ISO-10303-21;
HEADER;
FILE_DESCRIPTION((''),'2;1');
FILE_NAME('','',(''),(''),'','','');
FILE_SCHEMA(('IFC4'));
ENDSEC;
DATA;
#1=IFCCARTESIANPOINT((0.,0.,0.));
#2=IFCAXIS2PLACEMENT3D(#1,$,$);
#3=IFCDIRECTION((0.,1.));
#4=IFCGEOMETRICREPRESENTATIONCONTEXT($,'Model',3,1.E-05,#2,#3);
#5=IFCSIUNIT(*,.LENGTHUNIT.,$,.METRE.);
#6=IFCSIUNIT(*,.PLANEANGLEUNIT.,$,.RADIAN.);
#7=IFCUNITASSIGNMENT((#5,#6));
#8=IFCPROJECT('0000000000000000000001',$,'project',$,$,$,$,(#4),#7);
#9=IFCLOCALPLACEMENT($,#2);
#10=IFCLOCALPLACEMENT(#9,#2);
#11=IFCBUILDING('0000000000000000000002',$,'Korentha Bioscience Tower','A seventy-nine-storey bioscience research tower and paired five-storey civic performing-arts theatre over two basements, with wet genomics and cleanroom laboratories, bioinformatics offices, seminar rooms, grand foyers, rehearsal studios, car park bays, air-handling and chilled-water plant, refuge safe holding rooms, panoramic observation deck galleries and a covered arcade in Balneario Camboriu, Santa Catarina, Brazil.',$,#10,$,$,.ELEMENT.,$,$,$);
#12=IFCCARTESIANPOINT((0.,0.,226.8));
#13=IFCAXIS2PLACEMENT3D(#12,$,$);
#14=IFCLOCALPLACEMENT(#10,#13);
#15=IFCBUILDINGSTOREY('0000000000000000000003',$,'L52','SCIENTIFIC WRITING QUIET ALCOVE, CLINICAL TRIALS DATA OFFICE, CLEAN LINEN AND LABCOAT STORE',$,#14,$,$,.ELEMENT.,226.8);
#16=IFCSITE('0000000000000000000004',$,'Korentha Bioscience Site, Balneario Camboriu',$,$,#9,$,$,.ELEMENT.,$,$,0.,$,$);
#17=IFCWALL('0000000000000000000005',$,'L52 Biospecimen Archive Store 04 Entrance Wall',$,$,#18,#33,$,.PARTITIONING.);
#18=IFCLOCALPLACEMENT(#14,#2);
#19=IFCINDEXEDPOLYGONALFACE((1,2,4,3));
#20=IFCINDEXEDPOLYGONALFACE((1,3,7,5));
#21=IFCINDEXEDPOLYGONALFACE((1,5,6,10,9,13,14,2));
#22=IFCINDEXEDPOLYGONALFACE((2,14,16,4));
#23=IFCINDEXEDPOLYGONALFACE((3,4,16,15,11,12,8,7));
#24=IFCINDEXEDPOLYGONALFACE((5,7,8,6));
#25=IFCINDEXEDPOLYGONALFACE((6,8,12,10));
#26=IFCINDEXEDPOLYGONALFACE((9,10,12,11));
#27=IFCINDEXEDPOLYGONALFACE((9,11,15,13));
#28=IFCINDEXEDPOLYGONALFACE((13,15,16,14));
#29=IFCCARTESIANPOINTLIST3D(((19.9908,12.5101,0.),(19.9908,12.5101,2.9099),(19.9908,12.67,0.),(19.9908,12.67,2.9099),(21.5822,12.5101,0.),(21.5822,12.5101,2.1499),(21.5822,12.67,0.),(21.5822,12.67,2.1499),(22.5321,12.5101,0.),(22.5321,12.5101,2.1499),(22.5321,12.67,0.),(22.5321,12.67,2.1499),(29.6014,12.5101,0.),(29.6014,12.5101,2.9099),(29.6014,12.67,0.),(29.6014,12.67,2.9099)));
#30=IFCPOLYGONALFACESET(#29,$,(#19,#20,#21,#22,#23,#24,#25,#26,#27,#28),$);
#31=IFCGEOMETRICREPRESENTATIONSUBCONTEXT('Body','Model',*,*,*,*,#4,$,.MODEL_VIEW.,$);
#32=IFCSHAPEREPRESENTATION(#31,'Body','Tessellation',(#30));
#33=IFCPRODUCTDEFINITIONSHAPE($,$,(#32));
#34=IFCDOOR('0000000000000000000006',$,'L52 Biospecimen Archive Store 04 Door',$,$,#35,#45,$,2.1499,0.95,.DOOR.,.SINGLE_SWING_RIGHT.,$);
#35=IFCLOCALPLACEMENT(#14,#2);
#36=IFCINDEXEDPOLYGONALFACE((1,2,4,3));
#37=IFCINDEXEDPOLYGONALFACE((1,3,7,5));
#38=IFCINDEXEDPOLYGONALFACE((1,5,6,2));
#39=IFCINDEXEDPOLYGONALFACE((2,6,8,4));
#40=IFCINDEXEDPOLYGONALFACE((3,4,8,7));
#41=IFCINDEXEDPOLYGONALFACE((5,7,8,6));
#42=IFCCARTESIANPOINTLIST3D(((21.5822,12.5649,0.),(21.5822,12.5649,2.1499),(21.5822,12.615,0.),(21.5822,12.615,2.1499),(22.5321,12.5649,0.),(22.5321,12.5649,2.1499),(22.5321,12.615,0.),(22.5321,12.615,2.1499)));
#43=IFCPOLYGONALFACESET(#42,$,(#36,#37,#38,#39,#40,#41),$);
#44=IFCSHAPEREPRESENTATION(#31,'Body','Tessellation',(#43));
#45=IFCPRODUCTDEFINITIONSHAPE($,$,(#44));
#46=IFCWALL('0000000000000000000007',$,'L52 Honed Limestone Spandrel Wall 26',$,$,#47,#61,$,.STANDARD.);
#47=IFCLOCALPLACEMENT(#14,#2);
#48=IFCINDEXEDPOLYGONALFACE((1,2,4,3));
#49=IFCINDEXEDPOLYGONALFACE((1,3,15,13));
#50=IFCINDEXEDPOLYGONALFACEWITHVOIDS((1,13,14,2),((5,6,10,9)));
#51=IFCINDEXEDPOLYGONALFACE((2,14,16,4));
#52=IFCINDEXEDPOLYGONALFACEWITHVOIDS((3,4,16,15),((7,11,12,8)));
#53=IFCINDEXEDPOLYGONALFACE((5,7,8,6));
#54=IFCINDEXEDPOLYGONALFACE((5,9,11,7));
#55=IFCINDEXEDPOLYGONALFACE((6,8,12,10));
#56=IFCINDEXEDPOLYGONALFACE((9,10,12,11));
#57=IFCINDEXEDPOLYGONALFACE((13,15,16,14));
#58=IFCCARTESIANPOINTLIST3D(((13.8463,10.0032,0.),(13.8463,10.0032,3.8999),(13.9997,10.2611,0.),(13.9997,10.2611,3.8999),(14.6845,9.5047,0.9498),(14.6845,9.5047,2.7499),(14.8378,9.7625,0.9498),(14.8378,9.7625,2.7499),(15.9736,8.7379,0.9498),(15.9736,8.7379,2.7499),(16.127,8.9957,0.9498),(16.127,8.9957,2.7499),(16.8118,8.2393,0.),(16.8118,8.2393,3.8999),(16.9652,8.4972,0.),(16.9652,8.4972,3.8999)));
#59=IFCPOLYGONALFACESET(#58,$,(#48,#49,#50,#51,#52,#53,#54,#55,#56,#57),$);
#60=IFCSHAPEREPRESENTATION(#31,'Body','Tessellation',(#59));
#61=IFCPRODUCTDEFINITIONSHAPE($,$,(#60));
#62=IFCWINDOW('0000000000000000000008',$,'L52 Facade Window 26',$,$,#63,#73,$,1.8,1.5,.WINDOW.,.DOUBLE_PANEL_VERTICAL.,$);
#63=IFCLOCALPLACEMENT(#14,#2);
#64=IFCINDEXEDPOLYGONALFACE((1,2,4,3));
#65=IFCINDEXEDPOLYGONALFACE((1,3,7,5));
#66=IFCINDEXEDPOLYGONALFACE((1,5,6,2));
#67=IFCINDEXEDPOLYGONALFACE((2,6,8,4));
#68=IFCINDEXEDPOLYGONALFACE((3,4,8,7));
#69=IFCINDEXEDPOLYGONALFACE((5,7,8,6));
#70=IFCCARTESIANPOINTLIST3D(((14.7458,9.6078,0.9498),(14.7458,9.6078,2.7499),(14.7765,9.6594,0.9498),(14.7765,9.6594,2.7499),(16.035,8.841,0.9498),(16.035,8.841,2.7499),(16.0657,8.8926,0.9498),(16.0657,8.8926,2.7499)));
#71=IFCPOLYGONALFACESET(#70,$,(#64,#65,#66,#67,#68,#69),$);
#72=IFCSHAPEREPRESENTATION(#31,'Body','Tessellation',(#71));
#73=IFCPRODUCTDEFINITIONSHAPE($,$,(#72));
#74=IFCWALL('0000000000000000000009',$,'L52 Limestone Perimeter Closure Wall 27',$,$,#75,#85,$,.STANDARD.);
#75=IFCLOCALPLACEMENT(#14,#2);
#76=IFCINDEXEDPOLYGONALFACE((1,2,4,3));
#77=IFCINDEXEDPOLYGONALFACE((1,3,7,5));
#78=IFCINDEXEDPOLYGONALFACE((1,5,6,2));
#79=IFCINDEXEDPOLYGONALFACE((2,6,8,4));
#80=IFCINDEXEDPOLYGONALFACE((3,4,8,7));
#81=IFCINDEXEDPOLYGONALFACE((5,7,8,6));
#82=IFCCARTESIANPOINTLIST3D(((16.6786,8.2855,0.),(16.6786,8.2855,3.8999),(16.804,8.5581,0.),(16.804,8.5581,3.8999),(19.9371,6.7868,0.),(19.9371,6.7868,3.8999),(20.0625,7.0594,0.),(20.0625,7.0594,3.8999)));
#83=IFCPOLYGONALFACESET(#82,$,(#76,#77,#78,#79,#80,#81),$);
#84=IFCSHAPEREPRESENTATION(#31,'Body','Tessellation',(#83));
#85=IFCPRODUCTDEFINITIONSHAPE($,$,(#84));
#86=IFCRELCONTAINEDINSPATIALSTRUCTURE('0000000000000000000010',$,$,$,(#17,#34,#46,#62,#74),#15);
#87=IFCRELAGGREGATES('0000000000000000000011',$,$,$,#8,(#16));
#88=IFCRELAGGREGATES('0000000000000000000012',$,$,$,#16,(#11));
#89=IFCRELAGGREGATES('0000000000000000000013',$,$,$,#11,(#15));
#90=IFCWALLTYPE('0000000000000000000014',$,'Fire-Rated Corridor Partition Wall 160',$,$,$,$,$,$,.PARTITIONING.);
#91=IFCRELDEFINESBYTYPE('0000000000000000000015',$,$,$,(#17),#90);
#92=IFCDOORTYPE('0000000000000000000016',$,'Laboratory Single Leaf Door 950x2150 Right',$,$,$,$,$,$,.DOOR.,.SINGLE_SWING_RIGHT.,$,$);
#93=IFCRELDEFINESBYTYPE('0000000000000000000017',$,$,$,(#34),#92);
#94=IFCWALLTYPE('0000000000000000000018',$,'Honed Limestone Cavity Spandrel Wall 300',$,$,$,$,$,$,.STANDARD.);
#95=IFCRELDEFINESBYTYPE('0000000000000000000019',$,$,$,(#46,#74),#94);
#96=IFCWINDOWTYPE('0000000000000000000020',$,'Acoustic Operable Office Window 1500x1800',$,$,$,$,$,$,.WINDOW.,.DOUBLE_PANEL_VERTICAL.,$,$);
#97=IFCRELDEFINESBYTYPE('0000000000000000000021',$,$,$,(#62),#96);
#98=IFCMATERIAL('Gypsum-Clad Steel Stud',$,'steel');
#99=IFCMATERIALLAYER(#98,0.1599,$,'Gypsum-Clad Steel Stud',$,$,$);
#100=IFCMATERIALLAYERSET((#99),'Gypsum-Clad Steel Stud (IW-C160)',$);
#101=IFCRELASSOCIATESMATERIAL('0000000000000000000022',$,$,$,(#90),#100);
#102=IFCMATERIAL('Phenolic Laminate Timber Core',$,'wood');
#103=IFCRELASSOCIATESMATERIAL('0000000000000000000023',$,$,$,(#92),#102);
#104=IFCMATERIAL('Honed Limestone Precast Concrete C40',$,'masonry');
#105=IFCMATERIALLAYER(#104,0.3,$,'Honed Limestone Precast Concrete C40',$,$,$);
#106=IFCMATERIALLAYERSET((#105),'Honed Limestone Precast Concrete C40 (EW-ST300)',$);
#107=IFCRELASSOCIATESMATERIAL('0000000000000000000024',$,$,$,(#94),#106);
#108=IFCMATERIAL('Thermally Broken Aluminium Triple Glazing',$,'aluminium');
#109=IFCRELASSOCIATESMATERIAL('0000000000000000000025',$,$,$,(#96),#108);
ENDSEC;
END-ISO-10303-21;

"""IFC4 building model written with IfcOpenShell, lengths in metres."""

from ifc_helpers import new_model, si_unit, direction, frame, frame_2d, origin, place, context, subcontext, project, spatial, rectangle, extrude, material, layer, layer_set, type_object, element, fill, save


model = new_model("IFC4")

# Units and contexts
model_context = context("Model", 3, precision=1e-05, world=origin(), true_north=direction((0.0, 1.0)))
body_context = subcontext(model_context, "Body", "Model", "MODEL_VIEW")
ifc_project = project(units=[si_unit("LENGTHUNIT", "METRE"), si_unit("PLANEANGLEUNIT", "RADIAN")], contexts=[model_context])

# Site, building, storey
site_placement = place(None, origin())
site = spatial("IfcSite", under=ifc_project, at=site_placement, Name="Korentha Bioscience Site, Balneario Camboriu", CompositionType="ELEMENT", RefElevation=0.0)
building_placement = place(site_placement, origin())
building = spatial("IfcBuilding", under=site, at=building_placement, Name="Korentha Bioscience Tower", Description="A seventy-nine-storey bioscience research tower and paired five-storey civic performing-arts theatre over two basements, with wet genomics and cleanroom laboratories, bioinformatics offices, seminar rooms, grand foyers, rehearsal studios, car park bays, air-handling and chilled-water plant, refuge safe holding rooms, panoramic observation deck galleries and a covered arcade in Balneario Camboriu, Santa Catarina, Brazil.", CompositionType="ELEMENT")
storey_placement = place(building_placement, frame((0.0, 0.0, 226.8)))
storey = spatial("IfcBuildingStorey", under=building, at=storey_placement, Name="L52", Description="SCIENTIFIC WRITING QUIET ALCOVE, CLINICAL TRIALS DATA OFFICE, CLEAN LINEN AND LABCOAT STORE", CompositionType="ELEMENT", Elevation=226.8)

# Shared definitions
ifc_material_1 = material(Name="Phenolic Laminate Timber Core", Category="wood")

# Wall, opening, door
ifc_material_2 = material(Name="Gypsum-Clad Steel Stud", Category="steel")
ifc_layer_1 = layer(ifc_material_2, 0.1599, Name="Gypsum-Clad Steel Stud")
ifc_layer_set_1 = layer_set([ifc_layer_1], Name="Gypsum-Clad Steel Stud (IW-C160)")
wall_type_1 = type_object("IfcWallType", Name="Fire-Rated Corridor Partition Wall 160", PredefinedType="PARTITIONING", material=ifc_layer_set_1)
wall_1_placement = place(storey_placement, frame((19.991, 12.5901, 0.0), z_axis=(0.0, 0.0, 1.0), x_axis=(1.0, 0.0, 0.0)))
wall_1 = element("IfcWall", 1, at=wall_1_placement, inside=storey, type_object=wall_type_1, Name="L52 Biospecimen Archive Store 04 Entrance Wall", PredefinedType="PARTITIONING", context=body_context, shape_type="SweptSolid", body=[
    extrude(rectangle(XDim=9.6106, YDim=0.1599, at=frame_2d((4.8052, 0.0))), origin(), (0.0, 0.0, 1.0), 2.9099),
])
opening_1_placement = place(wall_1_placement, frame((1.5911, 0.0, 0.0)))
opening_1 = element("IfcOpeningElement", 2, at=opening_1_placement, cuts=wall_1, PredefinedType="OPENING", context=body_context, shape_type="SweptSolid", body=[
    extrude(rectangle(XDim=0.95, YDim=2.1499, at=frame_2d((0.4751, 1.075))), frame((0.0, 0.0947, 0.0), z_axis=(0.0, -1.0, 0.0), x_axis=(1.0, 0.0, 0.0)), (0.0, 0.0, 1.0), 0.1897),
])
door_type_1 = type_object("IfcDoorType", Name="Laboratory Single Leaf Door 950x2150 Right", OperationType="SINGLE_SWING_RIGHT", PredefinedType="DOOR", material=ifc_material_1)
door_1_placement = place(opening_1_placement, origin())
door_1 = element("IfcDoor", 3, at=door_1_placement, inside=storey, type_object=door_type_1, Name="L52 Biospecimen Archive Store 04 Door", OperationType="SINGLE_SWING_RIGHT", OverallHeight=2.1499, OverallWidth=0.95, PredefinedType="DOOR", context=body_context, shape_type="SweptSolid", body=[
    extrude(rectangle(XDim=0.95, YDim=2.1499, at=frame_2d((0.4751, 1.075))), frame((0.0, 0.0249, 0.0), z_axis=(0.0, -1.0, 0.0), x_axis=(1.0, 0.0, 0.0)), (0.0, 0.0, 1.0), 0.05),
])
fill(opening_1, door_1)

# Wall, opening, window
ifc_material_3 = material(Name="Honed Limestone Precast Concrete C40", Category="masonry")
ifc_layer_2 = layer(ifc_material_3, 0.3, Name="Honed Limestone Precast Concrete C40")
ifc_layer_set_2 = layer_set([ifc_layer_2], Name="Honed Limestone Precast Concrete C40 (EW-ST300)")
wall_type_2 = type_object("IfcWallType", Name="Honed Limestone Cavity Spandrel Wall 300", PredefinedType="STANDARD", material=ifc_layer_set_2)
wall_2_placement = place(storey_placement, frame((13.9231, 10.1321, 0.0), z_axis=(0.0, 0.0, 1.0), x_axis=(0.859459, -0.511204, 0.0)))
wall_2 = element("IfcWall", 4, at=wall_2_placement, inside=storey, type_object=wall_type_2, Name="L52 Honed Limestone Spandrel Wall 26", PredefinedType="STANDARD", context=body_context, shape_type="SweptSolid", body=[
    extrude(rectangle(XDim=3.4504, YDim=0.3, at=frame_2d((1.7251, 0.0))), origin(), (0.0, 0.0, 1.0), 3.8999),
])
opening_2_placement = place(wall_2_placement, frame((0.9751, 0.0, 0.95)))
opening_2 = element("IfcOpeningElement", 5, at=opening_2_placement, cuts=wall_2, PredefinedType="OPENING", context=body_context, shape_type="SweptSolid", body=[
    extrude(rectangle(XDim=1.5, YDim=1.8, at=frame_2d((0.75, 0.8999))), frame((0.0, 0.165, 0.0), z_axis=(0.0, -1.0, 0.0), x_axis=(1.0, 0.0, 0.0)), (0.0, 0.0, 1.0), 0.3298),
])
ifc_material_4 = material(Name="Thermally Broken Aluminium Triple Glazing", Category="aluminium")
window_type = type_object("IfcWindowType", Name="Acoustic Operable Office Window 1500x1800", PartitioningType="DOUBLE_PANEL_VERTICAL", PredefinedType="WINDOW", material=ifc_material_4)
window_placement = place(opening_2_placement, origin())
window = element("IfcWindow", 6, at=window_placement, inside=storey, type_object=window_type, Name="L52 Facade Window 26", OverallHeight=1.8, OverallWidth=1.5, PartitioningType="DOUBLE_PANEL_VERTICAL", PredefinedType="WINDOW", context=body_context, shape_type="SweptSolid", body=[
    extrude(rectangle(XDim=1.5, YDim=1.8, at=frame_2d((0.75, 0.8999))), frame((0.0, 0.03, 0.0), z_axis=(0.0, -1.0, 0.0), x_axis=(1.0, 0.0, 0.0)), (0.0, 0.0, 1.0), 0.0601),
])
fill(opening_2, window)

# Wall
wall_3_placement = place(storey_placement, frame((16.7412, 8.4219, 0.0), z_axis=(0.0, 0.0, 1.0), x_axis=(0.908506, -0.417871, 0.0)))
element("IfcWall", 7, at=wall_3_placement, inside=storey, type_object=wall_type_2, Name="L52 Limestone Perimeter Closure Wall 27", PredefinedType="STANDARD", context=body_context, shape_type="SweptSolid", body=[
    extrude(rectangle(XDim=3.5867, YDim=0.3, at=frame_2d((1.7935, 0.0))), origin(), (0.0, 0.0, 1.0), 3.8999),
])

save(model, "model.ifc")
